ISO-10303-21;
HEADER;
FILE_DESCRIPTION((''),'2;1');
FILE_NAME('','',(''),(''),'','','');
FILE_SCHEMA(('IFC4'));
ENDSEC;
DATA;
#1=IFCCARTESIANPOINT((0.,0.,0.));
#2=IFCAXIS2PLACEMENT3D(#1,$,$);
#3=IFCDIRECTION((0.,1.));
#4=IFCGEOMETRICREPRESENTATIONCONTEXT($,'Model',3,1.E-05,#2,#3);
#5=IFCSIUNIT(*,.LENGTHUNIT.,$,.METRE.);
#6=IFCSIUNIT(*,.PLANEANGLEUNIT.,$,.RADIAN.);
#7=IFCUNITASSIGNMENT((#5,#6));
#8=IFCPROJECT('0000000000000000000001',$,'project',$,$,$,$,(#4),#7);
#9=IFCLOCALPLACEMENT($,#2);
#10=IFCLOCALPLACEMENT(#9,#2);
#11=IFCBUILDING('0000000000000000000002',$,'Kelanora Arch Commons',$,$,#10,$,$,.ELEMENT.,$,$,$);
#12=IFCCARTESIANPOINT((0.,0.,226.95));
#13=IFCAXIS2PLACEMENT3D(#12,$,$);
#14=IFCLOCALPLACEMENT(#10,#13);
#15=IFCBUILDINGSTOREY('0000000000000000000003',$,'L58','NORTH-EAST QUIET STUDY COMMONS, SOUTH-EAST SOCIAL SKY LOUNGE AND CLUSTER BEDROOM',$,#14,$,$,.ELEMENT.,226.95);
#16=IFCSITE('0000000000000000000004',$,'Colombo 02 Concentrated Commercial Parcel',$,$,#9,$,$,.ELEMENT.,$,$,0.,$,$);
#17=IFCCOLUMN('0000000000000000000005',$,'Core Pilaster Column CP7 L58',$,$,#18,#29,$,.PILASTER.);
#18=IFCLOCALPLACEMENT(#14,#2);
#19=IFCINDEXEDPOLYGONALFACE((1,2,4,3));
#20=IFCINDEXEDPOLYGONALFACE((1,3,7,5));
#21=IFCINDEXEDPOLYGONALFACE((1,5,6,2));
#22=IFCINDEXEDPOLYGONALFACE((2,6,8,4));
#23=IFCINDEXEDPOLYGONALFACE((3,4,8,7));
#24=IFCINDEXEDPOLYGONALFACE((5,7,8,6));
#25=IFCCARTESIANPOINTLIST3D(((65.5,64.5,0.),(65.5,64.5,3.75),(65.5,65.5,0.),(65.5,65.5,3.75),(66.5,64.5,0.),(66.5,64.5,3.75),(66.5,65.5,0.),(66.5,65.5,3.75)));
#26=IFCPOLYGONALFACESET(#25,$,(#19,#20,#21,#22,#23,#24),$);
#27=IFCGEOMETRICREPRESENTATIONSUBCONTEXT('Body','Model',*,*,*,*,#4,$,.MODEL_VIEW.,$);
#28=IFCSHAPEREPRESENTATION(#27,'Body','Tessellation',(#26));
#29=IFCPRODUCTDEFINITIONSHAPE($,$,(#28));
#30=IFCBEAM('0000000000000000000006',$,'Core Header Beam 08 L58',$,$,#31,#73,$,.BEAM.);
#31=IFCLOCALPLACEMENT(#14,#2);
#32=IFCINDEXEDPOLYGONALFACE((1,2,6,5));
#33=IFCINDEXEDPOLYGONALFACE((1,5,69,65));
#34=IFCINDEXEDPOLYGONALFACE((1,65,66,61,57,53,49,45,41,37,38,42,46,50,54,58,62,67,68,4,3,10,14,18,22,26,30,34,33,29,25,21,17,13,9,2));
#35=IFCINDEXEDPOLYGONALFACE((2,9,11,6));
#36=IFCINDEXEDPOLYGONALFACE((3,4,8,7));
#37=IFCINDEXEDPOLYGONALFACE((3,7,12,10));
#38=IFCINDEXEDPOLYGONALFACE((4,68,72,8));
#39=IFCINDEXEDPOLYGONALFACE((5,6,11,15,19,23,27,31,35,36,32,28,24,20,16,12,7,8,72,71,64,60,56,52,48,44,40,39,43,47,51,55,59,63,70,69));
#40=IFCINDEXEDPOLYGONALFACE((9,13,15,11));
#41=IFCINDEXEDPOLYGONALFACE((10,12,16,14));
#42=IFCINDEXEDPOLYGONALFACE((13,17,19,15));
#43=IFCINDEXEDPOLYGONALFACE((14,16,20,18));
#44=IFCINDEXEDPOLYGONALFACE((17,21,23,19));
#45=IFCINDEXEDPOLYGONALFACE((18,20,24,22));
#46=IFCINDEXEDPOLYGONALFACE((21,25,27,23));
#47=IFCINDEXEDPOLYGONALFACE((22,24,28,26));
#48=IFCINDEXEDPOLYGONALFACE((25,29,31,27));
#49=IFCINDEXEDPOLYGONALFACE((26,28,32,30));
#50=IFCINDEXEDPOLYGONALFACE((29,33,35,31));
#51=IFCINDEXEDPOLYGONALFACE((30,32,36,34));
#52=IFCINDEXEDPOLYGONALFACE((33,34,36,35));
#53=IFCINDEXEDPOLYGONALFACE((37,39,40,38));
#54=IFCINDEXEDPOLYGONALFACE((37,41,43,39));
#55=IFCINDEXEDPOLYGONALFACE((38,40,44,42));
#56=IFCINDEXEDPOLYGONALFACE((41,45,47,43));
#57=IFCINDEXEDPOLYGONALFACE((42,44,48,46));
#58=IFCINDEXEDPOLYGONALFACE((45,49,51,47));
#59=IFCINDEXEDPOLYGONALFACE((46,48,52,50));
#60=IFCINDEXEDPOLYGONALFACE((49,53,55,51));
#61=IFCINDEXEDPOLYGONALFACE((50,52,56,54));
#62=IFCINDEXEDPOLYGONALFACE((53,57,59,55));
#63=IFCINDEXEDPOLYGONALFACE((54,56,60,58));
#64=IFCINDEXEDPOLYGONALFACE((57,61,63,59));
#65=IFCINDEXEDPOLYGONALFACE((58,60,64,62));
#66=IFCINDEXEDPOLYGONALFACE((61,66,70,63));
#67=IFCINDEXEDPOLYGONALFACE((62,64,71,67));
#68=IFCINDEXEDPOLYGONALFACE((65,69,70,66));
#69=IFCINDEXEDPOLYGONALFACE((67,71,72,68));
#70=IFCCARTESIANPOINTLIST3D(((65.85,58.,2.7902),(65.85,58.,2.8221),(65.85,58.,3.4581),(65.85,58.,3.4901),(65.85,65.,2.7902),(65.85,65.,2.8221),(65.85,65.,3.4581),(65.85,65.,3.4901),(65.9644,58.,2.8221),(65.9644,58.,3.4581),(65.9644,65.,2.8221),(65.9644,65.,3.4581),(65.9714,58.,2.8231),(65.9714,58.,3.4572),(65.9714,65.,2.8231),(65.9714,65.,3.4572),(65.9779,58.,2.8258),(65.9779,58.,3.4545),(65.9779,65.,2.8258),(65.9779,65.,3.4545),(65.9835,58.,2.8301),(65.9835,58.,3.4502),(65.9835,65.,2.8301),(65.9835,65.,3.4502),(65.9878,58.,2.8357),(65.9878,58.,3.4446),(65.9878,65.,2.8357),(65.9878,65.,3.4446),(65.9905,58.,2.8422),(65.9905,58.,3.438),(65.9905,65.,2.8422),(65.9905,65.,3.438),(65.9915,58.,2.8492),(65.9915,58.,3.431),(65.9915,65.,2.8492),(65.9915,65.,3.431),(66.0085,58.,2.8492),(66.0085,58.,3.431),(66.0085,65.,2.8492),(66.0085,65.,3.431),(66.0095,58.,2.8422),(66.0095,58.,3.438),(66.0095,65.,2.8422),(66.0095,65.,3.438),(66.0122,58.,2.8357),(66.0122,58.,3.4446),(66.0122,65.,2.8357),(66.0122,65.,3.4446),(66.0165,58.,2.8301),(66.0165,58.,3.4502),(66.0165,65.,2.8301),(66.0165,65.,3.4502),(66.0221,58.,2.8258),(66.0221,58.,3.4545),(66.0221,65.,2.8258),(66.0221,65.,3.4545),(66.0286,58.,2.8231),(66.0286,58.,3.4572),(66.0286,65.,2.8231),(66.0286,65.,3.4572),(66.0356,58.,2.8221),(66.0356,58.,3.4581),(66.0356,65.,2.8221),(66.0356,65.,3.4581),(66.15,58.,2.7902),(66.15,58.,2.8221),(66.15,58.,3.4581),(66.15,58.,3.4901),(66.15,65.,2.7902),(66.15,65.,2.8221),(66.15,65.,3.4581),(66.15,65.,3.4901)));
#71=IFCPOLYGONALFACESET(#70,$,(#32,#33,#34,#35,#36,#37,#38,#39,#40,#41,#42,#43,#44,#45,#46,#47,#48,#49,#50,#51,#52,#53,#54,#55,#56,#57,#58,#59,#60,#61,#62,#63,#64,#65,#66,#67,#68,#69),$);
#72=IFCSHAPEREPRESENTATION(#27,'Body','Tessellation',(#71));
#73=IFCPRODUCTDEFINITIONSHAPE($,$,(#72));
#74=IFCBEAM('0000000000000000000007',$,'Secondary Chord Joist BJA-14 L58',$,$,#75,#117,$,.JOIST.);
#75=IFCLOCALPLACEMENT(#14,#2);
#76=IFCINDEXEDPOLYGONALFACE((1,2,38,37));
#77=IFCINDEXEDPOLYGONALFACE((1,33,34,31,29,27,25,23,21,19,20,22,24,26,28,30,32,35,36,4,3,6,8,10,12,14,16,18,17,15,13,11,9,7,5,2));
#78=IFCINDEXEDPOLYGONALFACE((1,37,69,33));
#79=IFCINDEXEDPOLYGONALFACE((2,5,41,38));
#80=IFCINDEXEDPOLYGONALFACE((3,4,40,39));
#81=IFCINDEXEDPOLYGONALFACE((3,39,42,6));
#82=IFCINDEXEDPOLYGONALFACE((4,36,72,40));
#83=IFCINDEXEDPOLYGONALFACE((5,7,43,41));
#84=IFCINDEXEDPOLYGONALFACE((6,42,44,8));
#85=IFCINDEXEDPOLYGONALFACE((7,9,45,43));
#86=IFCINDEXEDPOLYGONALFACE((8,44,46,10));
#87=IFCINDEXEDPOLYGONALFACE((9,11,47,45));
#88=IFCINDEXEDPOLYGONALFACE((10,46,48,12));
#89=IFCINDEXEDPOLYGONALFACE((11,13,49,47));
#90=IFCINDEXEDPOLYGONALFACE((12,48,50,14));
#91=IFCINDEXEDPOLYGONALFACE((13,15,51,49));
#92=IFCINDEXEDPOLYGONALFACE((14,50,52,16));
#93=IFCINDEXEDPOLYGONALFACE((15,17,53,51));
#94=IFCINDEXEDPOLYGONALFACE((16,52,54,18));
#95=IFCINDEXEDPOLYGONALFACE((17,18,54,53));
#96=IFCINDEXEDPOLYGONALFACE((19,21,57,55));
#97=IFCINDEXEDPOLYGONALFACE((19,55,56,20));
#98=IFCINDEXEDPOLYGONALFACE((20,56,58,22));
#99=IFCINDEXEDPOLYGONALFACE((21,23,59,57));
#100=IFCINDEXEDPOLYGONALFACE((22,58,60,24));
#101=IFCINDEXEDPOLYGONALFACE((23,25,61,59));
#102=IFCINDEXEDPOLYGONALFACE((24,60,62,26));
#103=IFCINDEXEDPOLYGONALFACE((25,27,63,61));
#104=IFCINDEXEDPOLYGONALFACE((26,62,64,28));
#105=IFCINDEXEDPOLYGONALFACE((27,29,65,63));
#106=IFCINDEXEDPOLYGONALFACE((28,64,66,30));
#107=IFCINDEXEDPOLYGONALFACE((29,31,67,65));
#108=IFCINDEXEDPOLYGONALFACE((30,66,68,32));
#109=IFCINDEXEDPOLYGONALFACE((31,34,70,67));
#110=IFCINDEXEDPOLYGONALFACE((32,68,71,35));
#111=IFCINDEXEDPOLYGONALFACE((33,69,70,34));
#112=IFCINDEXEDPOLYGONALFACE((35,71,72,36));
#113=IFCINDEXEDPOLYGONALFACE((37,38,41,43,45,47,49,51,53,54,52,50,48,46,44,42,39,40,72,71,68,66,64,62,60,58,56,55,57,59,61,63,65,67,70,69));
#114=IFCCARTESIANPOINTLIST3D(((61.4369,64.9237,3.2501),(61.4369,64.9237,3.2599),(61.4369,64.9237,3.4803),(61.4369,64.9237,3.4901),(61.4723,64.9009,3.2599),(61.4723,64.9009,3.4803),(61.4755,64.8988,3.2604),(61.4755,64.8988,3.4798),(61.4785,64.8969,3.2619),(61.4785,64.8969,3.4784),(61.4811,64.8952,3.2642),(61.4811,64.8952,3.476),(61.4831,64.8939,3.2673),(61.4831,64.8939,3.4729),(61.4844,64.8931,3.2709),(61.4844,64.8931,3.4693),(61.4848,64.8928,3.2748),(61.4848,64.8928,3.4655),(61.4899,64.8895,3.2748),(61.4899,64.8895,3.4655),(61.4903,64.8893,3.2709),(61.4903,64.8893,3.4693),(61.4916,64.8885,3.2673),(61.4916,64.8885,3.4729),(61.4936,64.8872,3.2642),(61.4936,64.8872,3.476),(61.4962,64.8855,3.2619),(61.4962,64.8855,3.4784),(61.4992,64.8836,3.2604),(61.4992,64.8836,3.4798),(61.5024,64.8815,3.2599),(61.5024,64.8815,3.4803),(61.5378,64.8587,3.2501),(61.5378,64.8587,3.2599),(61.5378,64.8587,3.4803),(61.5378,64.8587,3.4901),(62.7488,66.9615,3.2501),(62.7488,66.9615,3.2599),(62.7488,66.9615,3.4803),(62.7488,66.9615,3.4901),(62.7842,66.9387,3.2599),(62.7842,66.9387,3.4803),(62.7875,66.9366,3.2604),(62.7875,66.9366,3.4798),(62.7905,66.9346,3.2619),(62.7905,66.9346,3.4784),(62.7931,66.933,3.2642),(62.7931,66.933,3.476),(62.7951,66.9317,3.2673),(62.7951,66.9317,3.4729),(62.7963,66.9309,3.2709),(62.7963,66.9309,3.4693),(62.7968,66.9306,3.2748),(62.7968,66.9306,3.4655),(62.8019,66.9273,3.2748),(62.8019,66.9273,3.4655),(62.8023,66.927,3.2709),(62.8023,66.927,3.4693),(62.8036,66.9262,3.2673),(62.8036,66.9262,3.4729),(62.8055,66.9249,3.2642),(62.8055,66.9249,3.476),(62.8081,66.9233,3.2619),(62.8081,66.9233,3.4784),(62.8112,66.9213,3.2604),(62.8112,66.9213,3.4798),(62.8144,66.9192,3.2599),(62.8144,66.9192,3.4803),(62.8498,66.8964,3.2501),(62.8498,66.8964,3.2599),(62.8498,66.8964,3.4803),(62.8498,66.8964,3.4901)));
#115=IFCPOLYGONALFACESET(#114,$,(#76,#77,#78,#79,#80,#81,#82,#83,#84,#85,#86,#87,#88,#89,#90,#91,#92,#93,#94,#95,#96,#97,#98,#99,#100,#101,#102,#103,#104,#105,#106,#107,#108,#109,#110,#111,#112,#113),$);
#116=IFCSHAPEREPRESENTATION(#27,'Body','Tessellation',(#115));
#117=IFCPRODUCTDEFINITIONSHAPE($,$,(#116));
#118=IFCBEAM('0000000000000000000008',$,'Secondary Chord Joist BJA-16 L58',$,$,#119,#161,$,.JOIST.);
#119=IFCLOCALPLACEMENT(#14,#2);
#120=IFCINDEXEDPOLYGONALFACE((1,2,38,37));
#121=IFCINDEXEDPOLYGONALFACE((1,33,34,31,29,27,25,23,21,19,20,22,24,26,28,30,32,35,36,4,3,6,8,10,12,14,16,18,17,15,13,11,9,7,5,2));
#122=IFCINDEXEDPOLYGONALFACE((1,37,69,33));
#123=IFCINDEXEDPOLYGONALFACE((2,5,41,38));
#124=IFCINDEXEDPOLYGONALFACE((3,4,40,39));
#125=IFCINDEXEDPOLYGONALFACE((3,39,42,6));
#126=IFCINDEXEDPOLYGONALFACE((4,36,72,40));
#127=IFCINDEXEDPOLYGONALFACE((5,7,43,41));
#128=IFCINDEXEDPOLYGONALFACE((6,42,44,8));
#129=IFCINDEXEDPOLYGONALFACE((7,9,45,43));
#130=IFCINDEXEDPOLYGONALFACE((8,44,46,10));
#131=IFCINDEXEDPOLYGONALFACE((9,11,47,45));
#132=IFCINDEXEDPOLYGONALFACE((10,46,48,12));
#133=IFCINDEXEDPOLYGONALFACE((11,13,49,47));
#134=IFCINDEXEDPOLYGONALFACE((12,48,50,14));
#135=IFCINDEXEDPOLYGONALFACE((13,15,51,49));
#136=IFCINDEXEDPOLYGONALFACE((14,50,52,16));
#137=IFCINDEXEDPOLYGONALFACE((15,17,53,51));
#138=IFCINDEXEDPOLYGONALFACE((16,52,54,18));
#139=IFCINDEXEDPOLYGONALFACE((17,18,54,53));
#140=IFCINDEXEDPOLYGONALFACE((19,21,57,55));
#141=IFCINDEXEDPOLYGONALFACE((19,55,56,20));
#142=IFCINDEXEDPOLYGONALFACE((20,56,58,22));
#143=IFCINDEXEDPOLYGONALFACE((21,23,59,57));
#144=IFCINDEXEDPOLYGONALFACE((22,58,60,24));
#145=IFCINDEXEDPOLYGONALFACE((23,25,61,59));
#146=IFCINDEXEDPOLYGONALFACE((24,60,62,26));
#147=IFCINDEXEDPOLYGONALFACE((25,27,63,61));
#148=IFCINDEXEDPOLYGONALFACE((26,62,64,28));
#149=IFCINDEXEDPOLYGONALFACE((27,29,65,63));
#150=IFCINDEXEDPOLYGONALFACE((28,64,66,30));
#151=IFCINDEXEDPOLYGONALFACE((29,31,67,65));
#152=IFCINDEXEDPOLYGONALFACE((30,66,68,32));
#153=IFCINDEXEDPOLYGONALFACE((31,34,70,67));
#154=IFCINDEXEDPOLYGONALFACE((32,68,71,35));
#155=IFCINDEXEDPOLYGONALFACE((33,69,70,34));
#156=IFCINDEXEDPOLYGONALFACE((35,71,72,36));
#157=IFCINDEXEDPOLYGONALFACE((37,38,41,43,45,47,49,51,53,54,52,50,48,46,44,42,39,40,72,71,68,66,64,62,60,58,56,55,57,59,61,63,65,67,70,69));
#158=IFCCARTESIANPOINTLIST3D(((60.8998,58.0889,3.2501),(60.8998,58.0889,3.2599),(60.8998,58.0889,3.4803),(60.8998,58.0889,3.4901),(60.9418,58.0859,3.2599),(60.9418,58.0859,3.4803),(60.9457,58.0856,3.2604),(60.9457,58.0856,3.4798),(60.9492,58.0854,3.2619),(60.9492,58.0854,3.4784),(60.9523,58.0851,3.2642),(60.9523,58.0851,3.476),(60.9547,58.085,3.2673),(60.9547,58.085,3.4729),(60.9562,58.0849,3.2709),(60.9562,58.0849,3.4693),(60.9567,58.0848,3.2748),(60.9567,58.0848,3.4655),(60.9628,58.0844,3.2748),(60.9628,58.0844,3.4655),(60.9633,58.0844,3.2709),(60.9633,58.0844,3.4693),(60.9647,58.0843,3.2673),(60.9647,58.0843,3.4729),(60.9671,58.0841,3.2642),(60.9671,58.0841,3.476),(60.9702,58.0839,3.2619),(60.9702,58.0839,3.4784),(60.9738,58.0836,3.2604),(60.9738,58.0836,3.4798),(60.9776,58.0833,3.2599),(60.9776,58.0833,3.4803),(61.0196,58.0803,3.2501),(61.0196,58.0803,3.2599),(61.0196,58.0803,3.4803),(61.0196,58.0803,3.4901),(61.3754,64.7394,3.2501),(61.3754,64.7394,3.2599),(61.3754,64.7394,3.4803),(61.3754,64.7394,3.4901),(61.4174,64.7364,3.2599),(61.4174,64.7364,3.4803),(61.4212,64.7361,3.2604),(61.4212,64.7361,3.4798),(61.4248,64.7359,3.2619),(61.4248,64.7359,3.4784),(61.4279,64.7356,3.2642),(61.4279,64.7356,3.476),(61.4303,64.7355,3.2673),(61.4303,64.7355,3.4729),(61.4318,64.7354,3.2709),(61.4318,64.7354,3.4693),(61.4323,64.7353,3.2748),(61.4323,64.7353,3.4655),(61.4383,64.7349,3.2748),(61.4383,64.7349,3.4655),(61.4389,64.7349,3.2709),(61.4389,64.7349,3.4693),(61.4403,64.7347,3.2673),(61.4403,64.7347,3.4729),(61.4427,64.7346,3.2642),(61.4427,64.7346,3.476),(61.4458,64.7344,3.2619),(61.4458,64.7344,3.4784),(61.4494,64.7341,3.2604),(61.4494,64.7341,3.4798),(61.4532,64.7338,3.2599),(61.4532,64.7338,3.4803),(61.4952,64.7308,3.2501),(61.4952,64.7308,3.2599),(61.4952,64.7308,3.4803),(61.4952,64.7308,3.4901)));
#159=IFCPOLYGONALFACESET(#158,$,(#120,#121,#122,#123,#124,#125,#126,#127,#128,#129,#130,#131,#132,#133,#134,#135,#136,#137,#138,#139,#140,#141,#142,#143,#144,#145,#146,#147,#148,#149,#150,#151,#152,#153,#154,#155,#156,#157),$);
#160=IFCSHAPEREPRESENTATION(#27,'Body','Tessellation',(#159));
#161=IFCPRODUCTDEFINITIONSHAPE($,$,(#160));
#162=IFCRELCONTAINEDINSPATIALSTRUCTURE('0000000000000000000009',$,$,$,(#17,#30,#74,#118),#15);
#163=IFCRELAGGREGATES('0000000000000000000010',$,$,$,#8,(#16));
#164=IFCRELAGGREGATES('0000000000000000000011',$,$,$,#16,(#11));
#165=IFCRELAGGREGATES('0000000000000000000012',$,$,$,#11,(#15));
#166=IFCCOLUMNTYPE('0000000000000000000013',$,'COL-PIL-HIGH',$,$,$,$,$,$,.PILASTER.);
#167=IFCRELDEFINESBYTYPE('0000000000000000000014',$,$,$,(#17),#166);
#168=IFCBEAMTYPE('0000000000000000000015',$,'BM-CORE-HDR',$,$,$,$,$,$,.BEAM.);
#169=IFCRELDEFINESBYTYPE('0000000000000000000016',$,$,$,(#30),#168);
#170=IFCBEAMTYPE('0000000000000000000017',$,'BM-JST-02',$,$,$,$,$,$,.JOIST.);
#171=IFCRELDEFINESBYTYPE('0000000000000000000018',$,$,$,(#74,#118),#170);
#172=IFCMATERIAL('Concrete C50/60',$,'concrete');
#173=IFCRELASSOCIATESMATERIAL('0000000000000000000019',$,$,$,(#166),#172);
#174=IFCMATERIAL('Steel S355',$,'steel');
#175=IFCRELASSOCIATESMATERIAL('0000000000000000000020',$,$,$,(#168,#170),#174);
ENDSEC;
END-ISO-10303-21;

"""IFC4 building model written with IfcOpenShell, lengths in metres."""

from ifc_helpers import new_model, si_unit, direction, frame, origin, origin_2d, place, context, subcontext, project, spatial, rectangle, i_section, extrude, material, material_profile, profile_set, type_object, element, save


model = new_model("IFC4")

# Units and contexts
model_context = context("Model", 3, precision=1e-05, world=origin(), true_north=direction((0.0, 1.0)))
body_context = subcontext(model_context, "Body", "Model", "MODEL_VIEW")
ifc_project = project(units=[si_unit("LENGTHUNIT", "METRE"), si_unit("PLANEANGLEUNIT", "RADIAN")], contexts=[model_context])

# Site, building, storey
site_placement = place(None, origin())
site = spatial("IfcSite", under=ifc_project, at=site_placement, Name="Colombo 02 Concentrated Commercial Parcel", CompositionType="ELEMENT", RefElevation=0.0)
building_placement = place(site_placement, origin())
building = spatial("IfcBuilding", under=site, at=building_placement, Name="Kelanora Arch Commons", CompositionType="ELEMENT")
storey_placement = place(building_placement, frame((0.0, 0.0, 226.95)))
storey = spatial("IfcBuildingStorey", under=building, at=storey_placement, Name="L58", Description="NORTH-EAST QUIET STUDY COMMONS, SOUTH-EAST SOCIAL SKY LOUNGE AND CLUSTER BEDROOM", CompositionType="ELEMENT", Elevation=226.95)

# Column
ifc_material_1 = material(Name="Concrete C50/60", Category="concrete")
ifc_material_profile_1 = material_profile(ifc_material_1, rectangle(XDim=1.0, YDim=1.0, at=origin_2d()), Name="RC1000x1000")
ifc_profile_set_1 = profile_set([ifc_material_profile_1], Name="Concrete C50/60")
column_type = type_object("IfcColumnType", Name="COL-PIL-HIGH", PredefinedType="PILASTER", material=ifc_profile_set_1)
column_placement = place(storey_placement, frame((66.0, 65.0, 0.0), z_axis=(0.0, 0.0, 1.0), x_axis=(1.0, 0.0, 0.0)))
element("IfcColumn", 1, at=column_placement, inside=storey, type_object=column_type, Name="Core Pilaster Column CP7 L58", PredefinedType="PILASTER", context=body_context, shape_type="SweptSolid", body=[
    extrude(rectangle(XDim=1.0, YDim=1.0, at=origin_2d()), origin(), (0.0, 0.0, 1.0), 3.75),
])

# Beams
ifc_material_2 = material(Name="Steel S355", Category="steel")
ifc_material_profile_2 = material_profile(ifc_material_2, i_section(OverallWidth=0.3, OverallDepth=0.7, WebThickness=0.0171, FlangeThickness=0.032, FilletRadius=0.0271, at=origin_2d()), Name="HEB700")
ifc_profile_set_2 = profile_set([ifc_material_profile_2], Name="Steel S355")
beam_type_1 = type_object("IfcBeamType", Name="BM-CORE-HDR", PredefinedType="BEAM", material=ifc_profile_set_2)
beam_1_placement = place(storey_placement, frame((66.0, 65.0, 3.1401), z_axis=(0.0, -1.0, 0.0), x_axis=(1.0, 0.0, 0.0)))
element("IfcBeam", 2, at=beam_1_placement, inside=storey, type_object=beam_type_1, Name="Core Header Beam 08 L58", PredefinedType="BEAM", context=body_context, shape_type="SweptSolid", body=[
    extrude(i_section(OverallWidth=0.3, OverallDepth=0.7, WebThickness=0.0171, FlangeThickness=0.032, FilletRadius=0.0271, at=origin_2d()), origin(), (0.0, 0.0, 1.0), 7.0),
])
ifc_material_profile_3 = material_profile(ifc_material_2, i_section(OverallWidth=0.1201, OverallDepth=0.24, WebThickness=0.0061, FlangeThickness=0.0098, FilletRadius=0.0149, at=origin_2d()), Name="IPE240")
ifc_profile_set_3 = profile_set([ifc_material_profile_3], Name="Steel S355")
beam_type_2 = type_object("IfcBeamType", Name="BM-JST-02", PredefinedType="JOIST", material=ifc_profile_set_3)
beam_2_placement = place(storey_placement, frame((62.7993, 66.929, 3.3701), z_axis=(-0.541333, -0.840808, 0.0), x_axis=(0.840808, -0.541333, 0.0)))
element("IfcBeam", 3, at=beam_2_placement, inside=storey, type_object=beam_type_2, Name="Secondary Chord Joist BJA-14 L58", PredefinedType="JOIST", context=body_context, shape_type="SweptSolid", body=[
    extrude(i_section(OverallWidth=0.1201, OverallDepth=0.24, WebThickness=0.0061, FlangeThickness=0.0098, FilletRadius=0.0149, at=origin_2d()), origin(), (0.0, 0.0, 1.0), 2.4236),
])
beam_3_placement = place(storey_placement, frame((61.4353, 64.7351, 3.3701), z_axis=(-0.07133, -0.997453, 0.0), x_axis=(0.997453, -0.07133, 0.0)))
element("IfcBeam", 4, at=beam_3_placement, inside=storey, type_object=beam_type_2, Name="Secondary Chord Joist BJA-16 L58", PredefinedType="JOIST", context=body_context, shape_type="SweptSolid", body=[
    extrude(i_section(OverallWidth=0.1201, OverallDepth=0.24, WebThickness=0.0061, FlangeThickness=0.0098, FilletRadius=0.0149, at=origin_2d()), origin(), (0.0, 0.0, 1.0), 6.6675),
])

save(model, "model.ifc")
